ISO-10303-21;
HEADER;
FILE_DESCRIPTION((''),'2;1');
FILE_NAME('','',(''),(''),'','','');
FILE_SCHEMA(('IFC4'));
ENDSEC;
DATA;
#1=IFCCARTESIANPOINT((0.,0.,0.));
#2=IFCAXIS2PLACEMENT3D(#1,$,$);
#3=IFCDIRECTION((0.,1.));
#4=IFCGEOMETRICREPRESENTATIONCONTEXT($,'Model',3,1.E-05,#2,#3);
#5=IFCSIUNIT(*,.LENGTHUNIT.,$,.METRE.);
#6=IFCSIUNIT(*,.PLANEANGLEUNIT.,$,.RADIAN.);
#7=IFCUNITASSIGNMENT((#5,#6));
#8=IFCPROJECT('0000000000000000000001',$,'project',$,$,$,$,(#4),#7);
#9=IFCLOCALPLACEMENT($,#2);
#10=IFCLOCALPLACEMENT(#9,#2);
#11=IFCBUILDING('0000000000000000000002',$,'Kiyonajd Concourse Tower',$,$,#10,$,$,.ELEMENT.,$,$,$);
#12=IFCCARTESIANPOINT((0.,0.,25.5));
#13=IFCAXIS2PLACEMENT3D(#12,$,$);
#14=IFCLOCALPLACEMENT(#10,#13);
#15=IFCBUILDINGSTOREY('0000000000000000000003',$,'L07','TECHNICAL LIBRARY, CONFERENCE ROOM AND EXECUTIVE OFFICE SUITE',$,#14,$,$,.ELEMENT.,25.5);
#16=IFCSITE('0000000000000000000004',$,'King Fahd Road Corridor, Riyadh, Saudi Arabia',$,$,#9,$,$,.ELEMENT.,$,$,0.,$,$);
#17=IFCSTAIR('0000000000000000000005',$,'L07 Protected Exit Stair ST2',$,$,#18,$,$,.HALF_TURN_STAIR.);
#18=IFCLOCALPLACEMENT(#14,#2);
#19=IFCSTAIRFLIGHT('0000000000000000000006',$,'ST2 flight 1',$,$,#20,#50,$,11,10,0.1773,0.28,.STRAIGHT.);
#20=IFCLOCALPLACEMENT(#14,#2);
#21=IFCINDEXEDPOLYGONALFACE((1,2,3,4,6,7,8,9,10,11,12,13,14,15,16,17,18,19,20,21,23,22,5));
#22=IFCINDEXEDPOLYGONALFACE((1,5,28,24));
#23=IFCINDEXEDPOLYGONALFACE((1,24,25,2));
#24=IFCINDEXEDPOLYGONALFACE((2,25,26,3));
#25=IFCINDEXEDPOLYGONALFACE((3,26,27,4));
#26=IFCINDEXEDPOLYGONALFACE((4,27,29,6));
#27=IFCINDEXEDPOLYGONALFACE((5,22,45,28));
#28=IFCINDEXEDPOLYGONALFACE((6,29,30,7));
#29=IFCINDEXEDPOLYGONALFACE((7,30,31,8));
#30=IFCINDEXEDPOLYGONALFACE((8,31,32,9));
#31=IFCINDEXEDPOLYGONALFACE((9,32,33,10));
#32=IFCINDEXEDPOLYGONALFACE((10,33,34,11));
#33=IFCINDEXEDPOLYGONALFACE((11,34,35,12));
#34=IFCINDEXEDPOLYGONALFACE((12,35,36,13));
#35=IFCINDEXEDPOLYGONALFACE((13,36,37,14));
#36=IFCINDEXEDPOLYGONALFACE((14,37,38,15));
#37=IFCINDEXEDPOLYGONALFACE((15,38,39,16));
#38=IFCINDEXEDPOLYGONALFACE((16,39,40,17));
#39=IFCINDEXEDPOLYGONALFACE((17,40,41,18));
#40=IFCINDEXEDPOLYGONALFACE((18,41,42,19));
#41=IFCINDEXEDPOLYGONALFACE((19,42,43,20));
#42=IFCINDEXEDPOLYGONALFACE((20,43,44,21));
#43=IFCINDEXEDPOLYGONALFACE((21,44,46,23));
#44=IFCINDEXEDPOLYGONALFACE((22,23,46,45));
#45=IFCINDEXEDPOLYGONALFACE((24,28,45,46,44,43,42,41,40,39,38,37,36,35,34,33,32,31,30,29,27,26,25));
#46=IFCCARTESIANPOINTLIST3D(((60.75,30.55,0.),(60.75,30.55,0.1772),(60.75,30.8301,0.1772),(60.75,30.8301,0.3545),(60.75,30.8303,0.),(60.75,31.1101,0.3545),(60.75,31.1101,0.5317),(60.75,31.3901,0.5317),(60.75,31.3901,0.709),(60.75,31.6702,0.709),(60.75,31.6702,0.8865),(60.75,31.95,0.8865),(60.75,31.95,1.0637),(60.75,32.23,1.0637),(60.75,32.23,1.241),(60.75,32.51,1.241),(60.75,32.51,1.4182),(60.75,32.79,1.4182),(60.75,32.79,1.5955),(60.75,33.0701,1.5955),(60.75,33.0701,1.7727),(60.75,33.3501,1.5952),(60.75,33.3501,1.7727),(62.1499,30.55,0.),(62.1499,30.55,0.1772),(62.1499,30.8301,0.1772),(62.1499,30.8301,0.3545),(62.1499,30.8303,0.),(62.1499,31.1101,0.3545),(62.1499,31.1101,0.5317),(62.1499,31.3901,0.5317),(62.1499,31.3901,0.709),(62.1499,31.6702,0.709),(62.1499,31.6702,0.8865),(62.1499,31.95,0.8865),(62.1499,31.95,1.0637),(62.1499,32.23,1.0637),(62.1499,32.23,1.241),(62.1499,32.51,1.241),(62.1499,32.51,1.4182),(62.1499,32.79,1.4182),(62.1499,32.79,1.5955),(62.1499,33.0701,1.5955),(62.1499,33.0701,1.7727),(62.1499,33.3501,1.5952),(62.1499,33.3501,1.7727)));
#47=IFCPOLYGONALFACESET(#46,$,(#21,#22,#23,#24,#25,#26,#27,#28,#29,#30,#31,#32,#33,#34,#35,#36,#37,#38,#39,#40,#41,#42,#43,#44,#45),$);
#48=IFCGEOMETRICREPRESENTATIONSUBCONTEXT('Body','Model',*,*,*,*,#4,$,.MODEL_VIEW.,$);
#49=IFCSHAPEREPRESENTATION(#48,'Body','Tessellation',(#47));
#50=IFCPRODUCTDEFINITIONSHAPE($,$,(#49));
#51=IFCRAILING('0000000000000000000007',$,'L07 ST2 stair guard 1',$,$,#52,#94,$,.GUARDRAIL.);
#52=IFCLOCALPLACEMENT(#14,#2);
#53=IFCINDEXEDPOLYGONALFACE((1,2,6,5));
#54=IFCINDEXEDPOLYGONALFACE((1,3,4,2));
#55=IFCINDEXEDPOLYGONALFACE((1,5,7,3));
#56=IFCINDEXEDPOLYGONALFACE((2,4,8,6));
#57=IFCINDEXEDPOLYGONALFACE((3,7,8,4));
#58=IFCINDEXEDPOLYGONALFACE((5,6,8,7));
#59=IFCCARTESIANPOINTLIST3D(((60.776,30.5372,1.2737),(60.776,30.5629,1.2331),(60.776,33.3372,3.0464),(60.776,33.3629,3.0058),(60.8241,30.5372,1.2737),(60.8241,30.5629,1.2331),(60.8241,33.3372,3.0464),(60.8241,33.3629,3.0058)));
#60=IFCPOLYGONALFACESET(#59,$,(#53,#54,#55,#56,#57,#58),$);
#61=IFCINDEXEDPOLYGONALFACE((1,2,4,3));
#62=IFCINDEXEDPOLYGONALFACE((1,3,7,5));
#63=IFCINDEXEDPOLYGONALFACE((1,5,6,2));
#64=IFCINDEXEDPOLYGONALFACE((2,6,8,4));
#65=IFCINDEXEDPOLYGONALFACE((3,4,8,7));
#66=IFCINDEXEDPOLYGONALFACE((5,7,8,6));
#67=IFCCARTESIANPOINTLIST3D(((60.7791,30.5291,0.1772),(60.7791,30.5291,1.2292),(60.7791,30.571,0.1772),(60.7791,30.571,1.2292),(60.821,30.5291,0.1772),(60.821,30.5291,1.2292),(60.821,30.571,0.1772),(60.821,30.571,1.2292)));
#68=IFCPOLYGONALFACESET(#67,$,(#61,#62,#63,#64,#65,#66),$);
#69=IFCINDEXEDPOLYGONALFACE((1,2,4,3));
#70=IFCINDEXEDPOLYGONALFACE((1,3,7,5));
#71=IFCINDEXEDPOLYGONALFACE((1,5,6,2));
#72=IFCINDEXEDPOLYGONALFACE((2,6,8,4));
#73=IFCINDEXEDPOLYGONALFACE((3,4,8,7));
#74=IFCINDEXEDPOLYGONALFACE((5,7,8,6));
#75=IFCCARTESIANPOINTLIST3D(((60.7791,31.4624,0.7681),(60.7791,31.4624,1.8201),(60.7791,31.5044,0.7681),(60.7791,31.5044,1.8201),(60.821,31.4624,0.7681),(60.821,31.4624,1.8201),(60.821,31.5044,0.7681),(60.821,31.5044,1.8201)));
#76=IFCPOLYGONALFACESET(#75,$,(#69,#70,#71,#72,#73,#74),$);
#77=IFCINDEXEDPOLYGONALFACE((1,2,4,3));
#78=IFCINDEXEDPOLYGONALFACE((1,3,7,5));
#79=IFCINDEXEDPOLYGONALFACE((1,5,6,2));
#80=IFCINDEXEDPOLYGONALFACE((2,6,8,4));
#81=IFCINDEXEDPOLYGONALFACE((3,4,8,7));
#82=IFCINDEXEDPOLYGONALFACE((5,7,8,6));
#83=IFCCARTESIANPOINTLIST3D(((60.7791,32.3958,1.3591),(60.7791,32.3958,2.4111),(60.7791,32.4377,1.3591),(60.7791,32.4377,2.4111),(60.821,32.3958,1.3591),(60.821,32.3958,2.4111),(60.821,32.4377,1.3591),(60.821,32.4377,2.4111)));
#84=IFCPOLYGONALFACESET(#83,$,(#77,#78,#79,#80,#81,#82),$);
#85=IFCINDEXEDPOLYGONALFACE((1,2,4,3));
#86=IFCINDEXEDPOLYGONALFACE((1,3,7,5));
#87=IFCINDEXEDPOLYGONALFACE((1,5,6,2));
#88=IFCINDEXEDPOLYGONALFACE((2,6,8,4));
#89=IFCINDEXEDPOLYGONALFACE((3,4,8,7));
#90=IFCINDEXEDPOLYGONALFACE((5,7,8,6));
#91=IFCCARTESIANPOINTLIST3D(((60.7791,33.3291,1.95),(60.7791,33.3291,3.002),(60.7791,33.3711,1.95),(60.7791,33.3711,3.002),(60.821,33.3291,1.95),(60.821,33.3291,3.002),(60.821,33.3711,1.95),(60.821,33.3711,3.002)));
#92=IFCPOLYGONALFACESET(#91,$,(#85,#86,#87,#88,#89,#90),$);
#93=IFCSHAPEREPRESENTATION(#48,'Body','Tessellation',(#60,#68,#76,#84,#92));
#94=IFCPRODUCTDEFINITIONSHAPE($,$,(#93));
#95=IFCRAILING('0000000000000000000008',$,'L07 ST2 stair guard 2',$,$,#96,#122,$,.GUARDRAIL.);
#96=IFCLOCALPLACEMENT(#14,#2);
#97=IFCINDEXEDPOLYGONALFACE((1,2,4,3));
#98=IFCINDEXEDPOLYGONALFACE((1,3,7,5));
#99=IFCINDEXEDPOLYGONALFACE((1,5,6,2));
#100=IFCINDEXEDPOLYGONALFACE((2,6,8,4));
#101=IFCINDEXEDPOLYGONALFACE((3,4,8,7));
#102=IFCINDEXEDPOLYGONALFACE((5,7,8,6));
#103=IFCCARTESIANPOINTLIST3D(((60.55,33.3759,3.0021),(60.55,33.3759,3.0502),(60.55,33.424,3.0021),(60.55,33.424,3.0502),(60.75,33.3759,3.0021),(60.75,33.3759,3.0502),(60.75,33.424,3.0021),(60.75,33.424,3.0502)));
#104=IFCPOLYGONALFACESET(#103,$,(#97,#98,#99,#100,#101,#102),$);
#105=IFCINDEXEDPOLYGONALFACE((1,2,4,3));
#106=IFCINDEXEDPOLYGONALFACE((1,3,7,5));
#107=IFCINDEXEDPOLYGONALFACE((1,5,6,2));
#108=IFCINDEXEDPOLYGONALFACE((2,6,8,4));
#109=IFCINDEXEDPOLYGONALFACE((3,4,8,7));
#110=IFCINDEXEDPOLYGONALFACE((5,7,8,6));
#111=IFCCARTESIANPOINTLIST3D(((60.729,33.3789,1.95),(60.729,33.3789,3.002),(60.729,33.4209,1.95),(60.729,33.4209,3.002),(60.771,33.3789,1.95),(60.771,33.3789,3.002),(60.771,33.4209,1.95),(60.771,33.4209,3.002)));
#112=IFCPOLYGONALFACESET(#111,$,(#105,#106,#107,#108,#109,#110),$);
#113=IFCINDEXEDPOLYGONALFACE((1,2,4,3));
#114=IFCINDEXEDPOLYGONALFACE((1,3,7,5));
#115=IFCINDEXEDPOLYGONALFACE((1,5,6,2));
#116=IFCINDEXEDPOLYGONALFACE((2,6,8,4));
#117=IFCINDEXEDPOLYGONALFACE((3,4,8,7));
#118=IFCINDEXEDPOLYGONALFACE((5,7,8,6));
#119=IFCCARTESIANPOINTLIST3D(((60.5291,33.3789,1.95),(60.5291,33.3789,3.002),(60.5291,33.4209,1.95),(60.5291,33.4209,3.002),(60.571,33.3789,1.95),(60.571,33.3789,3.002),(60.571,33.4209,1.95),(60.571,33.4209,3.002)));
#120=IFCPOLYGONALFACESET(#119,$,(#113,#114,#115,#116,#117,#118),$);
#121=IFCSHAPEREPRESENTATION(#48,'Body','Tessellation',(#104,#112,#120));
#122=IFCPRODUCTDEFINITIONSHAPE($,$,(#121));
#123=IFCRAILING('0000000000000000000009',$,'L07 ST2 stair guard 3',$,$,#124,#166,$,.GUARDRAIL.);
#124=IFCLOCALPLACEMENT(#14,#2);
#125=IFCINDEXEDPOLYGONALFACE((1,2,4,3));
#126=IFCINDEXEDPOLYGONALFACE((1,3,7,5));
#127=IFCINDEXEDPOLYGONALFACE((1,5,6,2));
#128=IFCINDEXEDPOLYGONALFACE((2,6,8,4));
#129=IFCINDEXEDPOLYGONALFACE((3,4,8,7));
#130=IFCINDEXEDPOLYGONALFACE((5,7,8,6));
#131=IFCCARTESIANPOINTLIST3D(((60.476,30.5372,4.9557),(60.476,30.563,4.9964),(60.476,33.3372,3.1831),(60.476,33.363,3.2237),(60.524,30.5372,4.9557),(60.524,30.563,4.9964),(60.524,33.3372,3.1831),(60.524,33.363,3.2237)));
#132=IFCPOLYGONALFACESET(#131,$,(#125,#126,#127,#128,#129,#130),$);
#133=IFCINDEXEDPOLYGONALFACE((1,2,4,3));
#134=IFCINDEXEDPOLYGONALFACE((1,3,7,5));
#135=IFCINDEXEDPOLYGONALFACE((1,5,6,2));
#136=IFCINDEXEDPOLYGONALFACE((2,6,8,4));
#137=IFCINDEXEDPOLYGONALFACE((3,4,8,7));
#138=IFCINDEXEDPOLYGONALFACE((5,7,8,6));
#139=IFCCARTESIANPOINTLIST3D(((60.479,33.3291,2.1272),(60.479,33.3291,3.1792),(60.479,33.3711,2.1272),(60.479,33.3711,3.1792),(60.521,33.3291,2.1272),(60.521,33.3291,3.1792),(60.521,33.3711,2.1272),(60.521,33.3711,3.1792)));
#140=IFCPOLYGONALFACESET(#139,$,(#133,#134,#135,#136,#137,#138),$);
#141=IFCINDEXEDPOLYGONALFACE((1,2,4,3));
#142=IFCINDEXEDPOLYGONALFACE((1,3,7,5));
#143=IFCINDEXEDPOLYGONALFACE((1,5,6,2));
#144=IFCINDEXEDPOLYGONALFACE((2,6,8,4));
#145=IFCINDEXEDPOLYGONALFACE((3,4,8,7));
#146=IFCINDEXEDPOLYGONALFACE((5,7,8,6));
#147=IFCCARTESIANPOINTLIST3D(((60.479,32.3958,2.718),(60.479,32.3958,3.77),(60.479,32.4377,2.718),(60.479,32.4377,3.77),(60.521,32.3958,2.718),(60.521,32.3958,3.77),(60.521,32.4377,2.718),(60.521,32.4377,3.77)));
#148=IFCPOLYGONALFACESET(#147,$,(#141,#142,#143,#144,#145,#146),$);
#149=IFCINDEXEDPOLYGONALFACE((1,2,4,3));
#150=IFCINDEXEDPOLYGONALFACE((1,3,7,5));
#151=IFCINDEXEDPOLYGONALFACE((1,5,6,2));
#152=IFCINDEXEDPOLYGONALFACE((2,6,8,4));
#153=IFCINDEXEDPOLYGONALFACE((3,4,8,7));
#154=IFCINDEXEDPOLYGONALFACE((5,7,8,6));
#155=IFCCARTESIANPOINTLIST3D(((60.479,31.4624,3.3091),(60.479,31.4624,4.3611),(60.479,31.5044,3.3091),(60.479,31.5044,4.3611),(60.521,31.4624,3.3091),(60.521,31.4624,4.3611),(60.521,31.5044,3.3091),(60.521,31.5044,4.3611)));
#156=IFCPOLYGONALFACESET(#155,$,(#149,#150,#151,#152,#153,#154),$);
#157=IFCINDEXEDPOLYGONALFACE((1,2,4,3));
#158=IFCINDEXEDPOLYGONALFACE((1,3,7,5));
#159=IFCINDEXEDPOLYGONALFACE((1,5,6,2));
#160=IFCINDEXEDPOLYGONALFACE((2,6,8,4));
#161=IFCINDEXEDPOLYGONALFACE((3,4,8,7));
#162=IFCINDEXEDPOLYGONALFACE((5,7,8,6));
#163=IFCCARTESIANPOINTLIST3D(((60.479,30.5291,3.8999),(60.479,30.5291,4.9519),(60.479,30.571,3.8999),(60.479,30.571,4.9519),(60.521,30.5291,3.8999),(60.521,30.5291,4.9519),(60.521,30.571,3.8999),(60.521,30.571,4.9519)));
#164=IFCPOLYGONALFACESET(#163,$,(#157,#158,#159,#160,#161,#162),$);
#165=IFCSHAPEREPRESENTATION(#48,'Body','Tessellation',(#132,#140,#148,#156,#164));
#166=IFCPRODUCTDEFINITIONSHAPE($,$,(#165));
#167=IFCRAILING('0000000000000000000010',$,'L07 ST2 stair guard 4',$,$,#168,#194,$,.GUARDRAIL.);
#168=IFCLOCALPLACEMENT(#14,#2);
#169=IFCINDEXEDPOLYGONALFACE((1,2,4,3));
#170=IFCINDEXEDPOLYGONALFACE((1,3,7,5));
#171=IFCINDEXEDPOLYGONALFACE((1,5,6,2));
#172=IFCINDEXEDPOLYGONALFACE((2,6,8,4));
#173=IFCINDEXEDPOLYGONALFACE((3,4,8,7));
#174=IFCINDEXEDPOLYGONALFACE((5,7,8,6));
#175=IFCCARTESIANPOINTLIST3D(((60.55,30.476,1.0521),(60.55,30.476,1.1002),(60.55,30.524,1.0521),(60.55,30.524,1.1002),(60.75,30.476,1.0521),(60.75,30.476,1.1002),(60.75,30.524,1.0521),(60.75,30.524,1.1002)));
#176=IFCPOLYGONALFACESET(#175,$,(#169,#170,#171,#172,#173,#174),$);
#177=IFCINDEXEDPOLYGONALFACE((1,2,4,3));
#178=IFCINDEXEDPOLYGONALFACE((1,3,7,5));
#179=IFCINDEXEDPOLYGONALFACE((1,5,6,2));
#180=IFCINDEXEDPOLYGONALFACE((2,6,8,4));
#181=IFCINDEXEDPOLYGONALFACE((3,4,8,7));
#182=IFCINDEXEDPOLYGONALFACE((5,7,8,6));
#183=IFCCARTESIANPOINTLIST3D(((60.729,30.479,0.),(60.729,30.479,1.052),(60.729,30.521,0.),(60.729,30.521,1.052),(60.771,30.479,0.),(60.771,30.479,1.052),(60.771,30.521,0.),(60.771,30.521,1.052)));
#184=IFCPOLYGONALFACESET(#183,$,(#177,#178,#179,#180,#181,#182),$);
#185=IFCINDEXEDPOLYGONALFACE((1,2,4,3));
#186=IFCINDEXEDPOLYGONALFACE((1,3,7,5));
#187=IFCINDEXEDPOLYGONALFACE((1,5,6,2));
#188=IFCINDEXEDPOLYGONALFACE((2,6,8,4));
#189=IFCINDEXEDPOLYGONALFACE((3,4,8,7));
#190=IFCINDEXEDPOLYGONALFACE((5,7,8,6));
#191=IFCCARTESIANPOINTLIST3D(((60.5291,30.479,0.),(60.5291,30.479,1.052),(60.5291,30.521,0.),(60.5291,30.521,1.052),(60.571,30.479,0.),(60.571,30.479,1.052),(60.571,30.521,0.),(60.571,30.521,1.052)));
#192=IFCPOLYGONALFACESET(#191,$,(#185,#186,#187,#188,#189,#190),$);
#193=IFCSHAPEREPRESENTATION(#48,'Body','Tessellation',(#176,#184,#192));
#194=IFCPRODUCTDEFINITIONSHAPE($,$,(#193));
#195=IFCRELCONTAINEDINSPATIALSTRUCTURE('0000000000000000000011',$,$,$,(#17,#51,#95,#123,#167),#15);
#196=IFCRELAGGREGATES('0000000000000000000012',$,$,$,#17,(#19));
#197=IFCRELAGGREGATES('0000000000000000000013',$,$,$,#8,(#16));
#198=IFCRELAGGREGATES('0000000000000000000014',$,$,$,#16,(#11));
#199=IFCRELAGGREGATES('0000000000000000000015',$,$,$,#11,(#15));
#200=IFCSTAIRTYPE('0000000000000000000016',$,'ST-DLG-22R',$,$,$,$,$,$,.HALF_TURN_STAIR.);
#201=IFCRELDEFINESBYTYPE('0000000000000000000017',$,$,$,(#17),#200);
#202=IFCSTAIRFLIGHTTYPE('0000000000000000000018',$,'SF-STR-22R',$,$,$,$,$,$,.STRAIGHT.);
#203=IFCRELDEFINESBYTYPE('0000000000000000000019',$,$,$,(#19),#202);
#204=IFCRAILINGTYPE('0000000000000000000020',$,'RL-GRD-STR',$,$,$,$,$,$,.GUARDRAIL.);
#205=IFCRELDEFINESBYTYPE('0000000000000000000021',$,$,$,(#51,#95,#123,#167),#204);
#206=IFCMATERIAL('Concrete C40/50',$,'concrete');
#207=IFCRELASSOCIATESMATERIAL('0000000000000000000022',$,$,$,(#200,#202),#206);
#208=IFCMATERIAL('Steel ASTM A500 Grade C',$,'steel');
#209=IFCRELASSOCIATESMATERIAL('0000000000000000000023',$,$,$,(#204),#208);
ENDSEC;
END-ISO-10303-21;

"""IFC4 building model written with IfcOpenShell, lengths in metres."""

from ifc_helpers import new_model, si_unit, direction, frame, origin, origin_2d, place, context, subcontext, project, spatial, polyline, rectangle, outline, extrude, material, type_object, element, aggregate, save


model = new_model("IFC4")

# Units and contexts
model_context = context("Model", 3, precision=1e-05, world=origin(), true_north=direction((0.0, 1.0)))
body_context = subcontext(model_context, "Body", "Model", "MODEL_VIEW")
ifc_project = project(units=[si_unit("LENGTHUNIT", "METRE"), si_unit("PLANEANGLEUNIT", "RADIAN")], contexts=[model_context])

# Site, building, storey
site_placement = place(None, origin())
site = spatial("IfcSite", under=ifc_project, at=site_placement, Name="King Fahd Road Corridor, Riyadh, Saudi Arabia", CompositionType="ELEMENT", RefElevation=0.0)
building_placement = place(site_placement, origin())
building = spatial("IfcBuilding", under=site, at=building_placement, Name="Kiyonajd Concourse Tower", CompositionType="ELEMENT")
storey_placement = place(building_placement, frame((0.0, 0.0, 25.5)))
storey = spatial("IfcBuildingStorey", under=building, at=storey_placement, Name="L07", Description="TECHNICAL LIBRARY, CONFERENCE ROOM AND EXECUTIVE OFFICE SUITE", CompositionType="ELEMENT", Elevation=25.5)

# Stair, stair flight
ifc_material_1 = material(Name="Concrete C40/50", Category="concrete")
stair_type = type_object("IfcStairType", Name="ST-DLG-22R", PredefinedType="HALF_TURN_STAIR", material=ifc_material_1)
stair_placement = place(storey_placement, origin())
stair = element("IfcStair", 1, at=stair_placement, inside=storey, type_object=stair_type, Name="L07 Protected Exit Stair ST2", PredefinedType="HALF_TURN_STAIR")
stair_flight_type = type_object("IfcStairFlightType", Name="SF-STR-22R", PredefinedType="STRAIGHT", material=ifc_material_1)
stair_flight_placement = place(storey_placement, frame((61.45, 30.55, 0.0), z_axis=(0.0, 0.0, 1.0), x_axis=(0.0, 1.0, 0.0)))
stair_flight = element("IfcStairFlight", 2, at=stair_flight_placement, type_object=stair_flight_type, Name="ST2 flight 1", NumberOfRisers=11, NumberOfTreads=10, PredefinedType="STRAIGHT", RiserHeight=0.1773, TreadLength=0.28, context=body_context, shape_type="SweptSolid", body=[
    extrude(outline(polyline([(0.0, 0.0), (0.0, 0.1772), (0.28, 0.1772), (0.28, 0.3545), (0.5601, 0.3545), (0.5601, 0.5317), (0.8401, 0.5317), (0.8401, 0.709), (1.1201, 0.709), (1.1201, 0.8865), (1.3999, 0.8865), (1.3999, 1.0637), (1.6799, 1.0637), (1.6799, 1.241), (1.96, 1.241), (1.96, 1.4182), (2.24, 1.4182), (2.24, 1.5955), (2.52, 1.5955), (2.52, 1.7727), (2.8, 1.7727), (2.8, 1.95), (2.8, 1.5952), (0.2803, 0.0), (0.0, 0.0)])), frame((0.0, 0.7, 0.0), z_axis=(0.0, -1.0, 0.0), x_axis=(1.0, 0.0, 0.0)), (0.0, 0.0, 1.0), 1.3999),
])
aggregate(stair, [stair_flight])

# Railings
ifc_material_2 = material(Name="Steel ASTM A500 Grade C", Category="steel")
railing_type_1 = type_object("IfcRailingType", Name="RL-GRD-STR", PredefinedType="GUARDRAIL", material=ifc_material_2)
railing_1_placement = place(storey_placement, frame((60.8, 30.55, 0.1772)))
element("IfcRailing", 3, at=railing_1_placement, inside=storey, type_object=railing_type_1, Name="L07 ST2 stair guard 1", PredefinedType="GUARDRAIL", context=body_context, shape_type="SweptSolid", body=[
    extrude(rectangle(XDim=0.0481, YDim=0.0481, at=origin_2d()), frame((0.0, 0.0, 1.0762), z_axis=(0.0, 0.844909, 0.53491), x_axis=(-1.0, 0.0, 0.0)), (0.0, 0.0, 1.0), 3.314),
    extrude(rectangle(XDim=0.042, YDim=0.042, at=origin_2d()), origin(), (0.0, 0.0, 1.0), 1.052),
    extrude(rectangle(XDim=0.042, YDim=0.042, at=origin_2d()), frame((0.0, 0.9333, 0.5908)), (0.0, 0.0, 1.0), 1.052),
    extrude(rectangle(XDim=0.042, YDim=0.042, at=origin_2d()), frame((0.0, 1.8667, 1.1819)), (0.0, 0.0, 1.0), 1.052),
    extrude(rectangle(XDim=0.042, YDim=0.042, at=origin_2d()), frame((0.0, 2.8, 1.7727)), (0.0, 0.0, 1.0), 1.052),
])
railing_2_placement = place(storey_placement, frame((60.75, 33.3999, 1.95)))
element("IfcRailing", 4, at=railing_2_placement, inside=storey, type_object=railing_type_1, Name="L07 ST2 stair guard 2", PredefinedType="GUARDRAIL", context=body_context, shape_type="SweptSolid", body=[
    extrude(rectangle(XDim=0.0481, YDim=0.0481, at=origin_2d()), frame((0.0, 0.0, 1.0762), z_axis=(-1.0, 0.0, 0.0), x_axis=(0.0, -1.0, 0.0)), (0.0, 0.0, 1.0), 0.2),
    extrude(rectangle(XDim=0.042, YDim=0.042, at=origin_2d()), origin(), (0.0, 0.0, 1.0), 1.052),
    extrude(rectangle(XDim=0.042, YDim=0.042, at=origin_2d()), frame((-0.2, 0.0, 0.0)), (0.0, 0.0, 1.0), 1.052),
])
railing_3_placement = place(storey_placement, frame((60.5, 33.3501, 2.1272)))
element("IfcRailing", 5, at=railing_3_placement, inside=storey, type_object=railing_type_1, Name="L07 ST2 stair guard 3", PredefinedType="GUARDRAIL", context=body_context, shape_type="SweptSolid", body=[
    extrude(rectangle(XDim=0.0481, YDim=0.0481, at=origin_2d()), frame((0.0, 0.0, 1.0762), z_axis=(0.0, -0.844909, 0.53491), x_axis=(1.0, 0.0, 0.0)), (0.0, 0.0, 1.0), 3.314),
    extrude(rectangle(XDim=0.042, YDim=0.042, at=origin_2d()), origin(), (0.0, 0.0, 1.0), 1.052),
    extrude(rectangle(XDim=0.042, YDim=0.042, at=origin_2d()), frame((0.0, -0.9333, 0.5908)), (0.0, 0.0, 1.0), 1.052),
    extrude(rectangle(XDim=0.042, YDim=0.042, at=origin_2d()), frame((0.0, -1.8667, 1.1819)), (0.0, 0.0, 1.0), 1.052),
    extrude(rectangle(XDim=0.042, YDim=0.042, at=origin_2d()), frame((0.0, -2.8, 1.7727)), (0.0, 0.0, 1.0), 1.052),
])
railing_4_placement = place(storey_placement, frame((60.75, 30.5, 0.0)))
element("IfcRailing", 6, at=railing_4_placement, inside=storey, type_object=railing_type_1, Name="L07 ST2 stair guard 4", PredefinedType="GUARDRAIL", context=body_context, shape_type="SweptSolid", body=[
    extrude(rectangle(XDim=0.0481, YDim=0.0481, at=origin_2d()), frame((0.0, 0.0, 1.0762), z_axis=(-1.0, 0.0, 0.0), x_axis=(0.0, -1.0, 0.0)), (0.0, 0.0, 1.0), 0.2),
    extrude(rectangle(XDim=0.042, YDim=0.042, at=origin_2d()), origin(), (0.0, 0.0, 1.0), 1.052),
    extrude(rectangle(XDim=0.042, YDim=0.042, at=origin_2d()), frame((-0.2, 0.0, 0.0)), (0.0, 0.0, 1.0), 1.052),
])

save(model, "model.ifc")
